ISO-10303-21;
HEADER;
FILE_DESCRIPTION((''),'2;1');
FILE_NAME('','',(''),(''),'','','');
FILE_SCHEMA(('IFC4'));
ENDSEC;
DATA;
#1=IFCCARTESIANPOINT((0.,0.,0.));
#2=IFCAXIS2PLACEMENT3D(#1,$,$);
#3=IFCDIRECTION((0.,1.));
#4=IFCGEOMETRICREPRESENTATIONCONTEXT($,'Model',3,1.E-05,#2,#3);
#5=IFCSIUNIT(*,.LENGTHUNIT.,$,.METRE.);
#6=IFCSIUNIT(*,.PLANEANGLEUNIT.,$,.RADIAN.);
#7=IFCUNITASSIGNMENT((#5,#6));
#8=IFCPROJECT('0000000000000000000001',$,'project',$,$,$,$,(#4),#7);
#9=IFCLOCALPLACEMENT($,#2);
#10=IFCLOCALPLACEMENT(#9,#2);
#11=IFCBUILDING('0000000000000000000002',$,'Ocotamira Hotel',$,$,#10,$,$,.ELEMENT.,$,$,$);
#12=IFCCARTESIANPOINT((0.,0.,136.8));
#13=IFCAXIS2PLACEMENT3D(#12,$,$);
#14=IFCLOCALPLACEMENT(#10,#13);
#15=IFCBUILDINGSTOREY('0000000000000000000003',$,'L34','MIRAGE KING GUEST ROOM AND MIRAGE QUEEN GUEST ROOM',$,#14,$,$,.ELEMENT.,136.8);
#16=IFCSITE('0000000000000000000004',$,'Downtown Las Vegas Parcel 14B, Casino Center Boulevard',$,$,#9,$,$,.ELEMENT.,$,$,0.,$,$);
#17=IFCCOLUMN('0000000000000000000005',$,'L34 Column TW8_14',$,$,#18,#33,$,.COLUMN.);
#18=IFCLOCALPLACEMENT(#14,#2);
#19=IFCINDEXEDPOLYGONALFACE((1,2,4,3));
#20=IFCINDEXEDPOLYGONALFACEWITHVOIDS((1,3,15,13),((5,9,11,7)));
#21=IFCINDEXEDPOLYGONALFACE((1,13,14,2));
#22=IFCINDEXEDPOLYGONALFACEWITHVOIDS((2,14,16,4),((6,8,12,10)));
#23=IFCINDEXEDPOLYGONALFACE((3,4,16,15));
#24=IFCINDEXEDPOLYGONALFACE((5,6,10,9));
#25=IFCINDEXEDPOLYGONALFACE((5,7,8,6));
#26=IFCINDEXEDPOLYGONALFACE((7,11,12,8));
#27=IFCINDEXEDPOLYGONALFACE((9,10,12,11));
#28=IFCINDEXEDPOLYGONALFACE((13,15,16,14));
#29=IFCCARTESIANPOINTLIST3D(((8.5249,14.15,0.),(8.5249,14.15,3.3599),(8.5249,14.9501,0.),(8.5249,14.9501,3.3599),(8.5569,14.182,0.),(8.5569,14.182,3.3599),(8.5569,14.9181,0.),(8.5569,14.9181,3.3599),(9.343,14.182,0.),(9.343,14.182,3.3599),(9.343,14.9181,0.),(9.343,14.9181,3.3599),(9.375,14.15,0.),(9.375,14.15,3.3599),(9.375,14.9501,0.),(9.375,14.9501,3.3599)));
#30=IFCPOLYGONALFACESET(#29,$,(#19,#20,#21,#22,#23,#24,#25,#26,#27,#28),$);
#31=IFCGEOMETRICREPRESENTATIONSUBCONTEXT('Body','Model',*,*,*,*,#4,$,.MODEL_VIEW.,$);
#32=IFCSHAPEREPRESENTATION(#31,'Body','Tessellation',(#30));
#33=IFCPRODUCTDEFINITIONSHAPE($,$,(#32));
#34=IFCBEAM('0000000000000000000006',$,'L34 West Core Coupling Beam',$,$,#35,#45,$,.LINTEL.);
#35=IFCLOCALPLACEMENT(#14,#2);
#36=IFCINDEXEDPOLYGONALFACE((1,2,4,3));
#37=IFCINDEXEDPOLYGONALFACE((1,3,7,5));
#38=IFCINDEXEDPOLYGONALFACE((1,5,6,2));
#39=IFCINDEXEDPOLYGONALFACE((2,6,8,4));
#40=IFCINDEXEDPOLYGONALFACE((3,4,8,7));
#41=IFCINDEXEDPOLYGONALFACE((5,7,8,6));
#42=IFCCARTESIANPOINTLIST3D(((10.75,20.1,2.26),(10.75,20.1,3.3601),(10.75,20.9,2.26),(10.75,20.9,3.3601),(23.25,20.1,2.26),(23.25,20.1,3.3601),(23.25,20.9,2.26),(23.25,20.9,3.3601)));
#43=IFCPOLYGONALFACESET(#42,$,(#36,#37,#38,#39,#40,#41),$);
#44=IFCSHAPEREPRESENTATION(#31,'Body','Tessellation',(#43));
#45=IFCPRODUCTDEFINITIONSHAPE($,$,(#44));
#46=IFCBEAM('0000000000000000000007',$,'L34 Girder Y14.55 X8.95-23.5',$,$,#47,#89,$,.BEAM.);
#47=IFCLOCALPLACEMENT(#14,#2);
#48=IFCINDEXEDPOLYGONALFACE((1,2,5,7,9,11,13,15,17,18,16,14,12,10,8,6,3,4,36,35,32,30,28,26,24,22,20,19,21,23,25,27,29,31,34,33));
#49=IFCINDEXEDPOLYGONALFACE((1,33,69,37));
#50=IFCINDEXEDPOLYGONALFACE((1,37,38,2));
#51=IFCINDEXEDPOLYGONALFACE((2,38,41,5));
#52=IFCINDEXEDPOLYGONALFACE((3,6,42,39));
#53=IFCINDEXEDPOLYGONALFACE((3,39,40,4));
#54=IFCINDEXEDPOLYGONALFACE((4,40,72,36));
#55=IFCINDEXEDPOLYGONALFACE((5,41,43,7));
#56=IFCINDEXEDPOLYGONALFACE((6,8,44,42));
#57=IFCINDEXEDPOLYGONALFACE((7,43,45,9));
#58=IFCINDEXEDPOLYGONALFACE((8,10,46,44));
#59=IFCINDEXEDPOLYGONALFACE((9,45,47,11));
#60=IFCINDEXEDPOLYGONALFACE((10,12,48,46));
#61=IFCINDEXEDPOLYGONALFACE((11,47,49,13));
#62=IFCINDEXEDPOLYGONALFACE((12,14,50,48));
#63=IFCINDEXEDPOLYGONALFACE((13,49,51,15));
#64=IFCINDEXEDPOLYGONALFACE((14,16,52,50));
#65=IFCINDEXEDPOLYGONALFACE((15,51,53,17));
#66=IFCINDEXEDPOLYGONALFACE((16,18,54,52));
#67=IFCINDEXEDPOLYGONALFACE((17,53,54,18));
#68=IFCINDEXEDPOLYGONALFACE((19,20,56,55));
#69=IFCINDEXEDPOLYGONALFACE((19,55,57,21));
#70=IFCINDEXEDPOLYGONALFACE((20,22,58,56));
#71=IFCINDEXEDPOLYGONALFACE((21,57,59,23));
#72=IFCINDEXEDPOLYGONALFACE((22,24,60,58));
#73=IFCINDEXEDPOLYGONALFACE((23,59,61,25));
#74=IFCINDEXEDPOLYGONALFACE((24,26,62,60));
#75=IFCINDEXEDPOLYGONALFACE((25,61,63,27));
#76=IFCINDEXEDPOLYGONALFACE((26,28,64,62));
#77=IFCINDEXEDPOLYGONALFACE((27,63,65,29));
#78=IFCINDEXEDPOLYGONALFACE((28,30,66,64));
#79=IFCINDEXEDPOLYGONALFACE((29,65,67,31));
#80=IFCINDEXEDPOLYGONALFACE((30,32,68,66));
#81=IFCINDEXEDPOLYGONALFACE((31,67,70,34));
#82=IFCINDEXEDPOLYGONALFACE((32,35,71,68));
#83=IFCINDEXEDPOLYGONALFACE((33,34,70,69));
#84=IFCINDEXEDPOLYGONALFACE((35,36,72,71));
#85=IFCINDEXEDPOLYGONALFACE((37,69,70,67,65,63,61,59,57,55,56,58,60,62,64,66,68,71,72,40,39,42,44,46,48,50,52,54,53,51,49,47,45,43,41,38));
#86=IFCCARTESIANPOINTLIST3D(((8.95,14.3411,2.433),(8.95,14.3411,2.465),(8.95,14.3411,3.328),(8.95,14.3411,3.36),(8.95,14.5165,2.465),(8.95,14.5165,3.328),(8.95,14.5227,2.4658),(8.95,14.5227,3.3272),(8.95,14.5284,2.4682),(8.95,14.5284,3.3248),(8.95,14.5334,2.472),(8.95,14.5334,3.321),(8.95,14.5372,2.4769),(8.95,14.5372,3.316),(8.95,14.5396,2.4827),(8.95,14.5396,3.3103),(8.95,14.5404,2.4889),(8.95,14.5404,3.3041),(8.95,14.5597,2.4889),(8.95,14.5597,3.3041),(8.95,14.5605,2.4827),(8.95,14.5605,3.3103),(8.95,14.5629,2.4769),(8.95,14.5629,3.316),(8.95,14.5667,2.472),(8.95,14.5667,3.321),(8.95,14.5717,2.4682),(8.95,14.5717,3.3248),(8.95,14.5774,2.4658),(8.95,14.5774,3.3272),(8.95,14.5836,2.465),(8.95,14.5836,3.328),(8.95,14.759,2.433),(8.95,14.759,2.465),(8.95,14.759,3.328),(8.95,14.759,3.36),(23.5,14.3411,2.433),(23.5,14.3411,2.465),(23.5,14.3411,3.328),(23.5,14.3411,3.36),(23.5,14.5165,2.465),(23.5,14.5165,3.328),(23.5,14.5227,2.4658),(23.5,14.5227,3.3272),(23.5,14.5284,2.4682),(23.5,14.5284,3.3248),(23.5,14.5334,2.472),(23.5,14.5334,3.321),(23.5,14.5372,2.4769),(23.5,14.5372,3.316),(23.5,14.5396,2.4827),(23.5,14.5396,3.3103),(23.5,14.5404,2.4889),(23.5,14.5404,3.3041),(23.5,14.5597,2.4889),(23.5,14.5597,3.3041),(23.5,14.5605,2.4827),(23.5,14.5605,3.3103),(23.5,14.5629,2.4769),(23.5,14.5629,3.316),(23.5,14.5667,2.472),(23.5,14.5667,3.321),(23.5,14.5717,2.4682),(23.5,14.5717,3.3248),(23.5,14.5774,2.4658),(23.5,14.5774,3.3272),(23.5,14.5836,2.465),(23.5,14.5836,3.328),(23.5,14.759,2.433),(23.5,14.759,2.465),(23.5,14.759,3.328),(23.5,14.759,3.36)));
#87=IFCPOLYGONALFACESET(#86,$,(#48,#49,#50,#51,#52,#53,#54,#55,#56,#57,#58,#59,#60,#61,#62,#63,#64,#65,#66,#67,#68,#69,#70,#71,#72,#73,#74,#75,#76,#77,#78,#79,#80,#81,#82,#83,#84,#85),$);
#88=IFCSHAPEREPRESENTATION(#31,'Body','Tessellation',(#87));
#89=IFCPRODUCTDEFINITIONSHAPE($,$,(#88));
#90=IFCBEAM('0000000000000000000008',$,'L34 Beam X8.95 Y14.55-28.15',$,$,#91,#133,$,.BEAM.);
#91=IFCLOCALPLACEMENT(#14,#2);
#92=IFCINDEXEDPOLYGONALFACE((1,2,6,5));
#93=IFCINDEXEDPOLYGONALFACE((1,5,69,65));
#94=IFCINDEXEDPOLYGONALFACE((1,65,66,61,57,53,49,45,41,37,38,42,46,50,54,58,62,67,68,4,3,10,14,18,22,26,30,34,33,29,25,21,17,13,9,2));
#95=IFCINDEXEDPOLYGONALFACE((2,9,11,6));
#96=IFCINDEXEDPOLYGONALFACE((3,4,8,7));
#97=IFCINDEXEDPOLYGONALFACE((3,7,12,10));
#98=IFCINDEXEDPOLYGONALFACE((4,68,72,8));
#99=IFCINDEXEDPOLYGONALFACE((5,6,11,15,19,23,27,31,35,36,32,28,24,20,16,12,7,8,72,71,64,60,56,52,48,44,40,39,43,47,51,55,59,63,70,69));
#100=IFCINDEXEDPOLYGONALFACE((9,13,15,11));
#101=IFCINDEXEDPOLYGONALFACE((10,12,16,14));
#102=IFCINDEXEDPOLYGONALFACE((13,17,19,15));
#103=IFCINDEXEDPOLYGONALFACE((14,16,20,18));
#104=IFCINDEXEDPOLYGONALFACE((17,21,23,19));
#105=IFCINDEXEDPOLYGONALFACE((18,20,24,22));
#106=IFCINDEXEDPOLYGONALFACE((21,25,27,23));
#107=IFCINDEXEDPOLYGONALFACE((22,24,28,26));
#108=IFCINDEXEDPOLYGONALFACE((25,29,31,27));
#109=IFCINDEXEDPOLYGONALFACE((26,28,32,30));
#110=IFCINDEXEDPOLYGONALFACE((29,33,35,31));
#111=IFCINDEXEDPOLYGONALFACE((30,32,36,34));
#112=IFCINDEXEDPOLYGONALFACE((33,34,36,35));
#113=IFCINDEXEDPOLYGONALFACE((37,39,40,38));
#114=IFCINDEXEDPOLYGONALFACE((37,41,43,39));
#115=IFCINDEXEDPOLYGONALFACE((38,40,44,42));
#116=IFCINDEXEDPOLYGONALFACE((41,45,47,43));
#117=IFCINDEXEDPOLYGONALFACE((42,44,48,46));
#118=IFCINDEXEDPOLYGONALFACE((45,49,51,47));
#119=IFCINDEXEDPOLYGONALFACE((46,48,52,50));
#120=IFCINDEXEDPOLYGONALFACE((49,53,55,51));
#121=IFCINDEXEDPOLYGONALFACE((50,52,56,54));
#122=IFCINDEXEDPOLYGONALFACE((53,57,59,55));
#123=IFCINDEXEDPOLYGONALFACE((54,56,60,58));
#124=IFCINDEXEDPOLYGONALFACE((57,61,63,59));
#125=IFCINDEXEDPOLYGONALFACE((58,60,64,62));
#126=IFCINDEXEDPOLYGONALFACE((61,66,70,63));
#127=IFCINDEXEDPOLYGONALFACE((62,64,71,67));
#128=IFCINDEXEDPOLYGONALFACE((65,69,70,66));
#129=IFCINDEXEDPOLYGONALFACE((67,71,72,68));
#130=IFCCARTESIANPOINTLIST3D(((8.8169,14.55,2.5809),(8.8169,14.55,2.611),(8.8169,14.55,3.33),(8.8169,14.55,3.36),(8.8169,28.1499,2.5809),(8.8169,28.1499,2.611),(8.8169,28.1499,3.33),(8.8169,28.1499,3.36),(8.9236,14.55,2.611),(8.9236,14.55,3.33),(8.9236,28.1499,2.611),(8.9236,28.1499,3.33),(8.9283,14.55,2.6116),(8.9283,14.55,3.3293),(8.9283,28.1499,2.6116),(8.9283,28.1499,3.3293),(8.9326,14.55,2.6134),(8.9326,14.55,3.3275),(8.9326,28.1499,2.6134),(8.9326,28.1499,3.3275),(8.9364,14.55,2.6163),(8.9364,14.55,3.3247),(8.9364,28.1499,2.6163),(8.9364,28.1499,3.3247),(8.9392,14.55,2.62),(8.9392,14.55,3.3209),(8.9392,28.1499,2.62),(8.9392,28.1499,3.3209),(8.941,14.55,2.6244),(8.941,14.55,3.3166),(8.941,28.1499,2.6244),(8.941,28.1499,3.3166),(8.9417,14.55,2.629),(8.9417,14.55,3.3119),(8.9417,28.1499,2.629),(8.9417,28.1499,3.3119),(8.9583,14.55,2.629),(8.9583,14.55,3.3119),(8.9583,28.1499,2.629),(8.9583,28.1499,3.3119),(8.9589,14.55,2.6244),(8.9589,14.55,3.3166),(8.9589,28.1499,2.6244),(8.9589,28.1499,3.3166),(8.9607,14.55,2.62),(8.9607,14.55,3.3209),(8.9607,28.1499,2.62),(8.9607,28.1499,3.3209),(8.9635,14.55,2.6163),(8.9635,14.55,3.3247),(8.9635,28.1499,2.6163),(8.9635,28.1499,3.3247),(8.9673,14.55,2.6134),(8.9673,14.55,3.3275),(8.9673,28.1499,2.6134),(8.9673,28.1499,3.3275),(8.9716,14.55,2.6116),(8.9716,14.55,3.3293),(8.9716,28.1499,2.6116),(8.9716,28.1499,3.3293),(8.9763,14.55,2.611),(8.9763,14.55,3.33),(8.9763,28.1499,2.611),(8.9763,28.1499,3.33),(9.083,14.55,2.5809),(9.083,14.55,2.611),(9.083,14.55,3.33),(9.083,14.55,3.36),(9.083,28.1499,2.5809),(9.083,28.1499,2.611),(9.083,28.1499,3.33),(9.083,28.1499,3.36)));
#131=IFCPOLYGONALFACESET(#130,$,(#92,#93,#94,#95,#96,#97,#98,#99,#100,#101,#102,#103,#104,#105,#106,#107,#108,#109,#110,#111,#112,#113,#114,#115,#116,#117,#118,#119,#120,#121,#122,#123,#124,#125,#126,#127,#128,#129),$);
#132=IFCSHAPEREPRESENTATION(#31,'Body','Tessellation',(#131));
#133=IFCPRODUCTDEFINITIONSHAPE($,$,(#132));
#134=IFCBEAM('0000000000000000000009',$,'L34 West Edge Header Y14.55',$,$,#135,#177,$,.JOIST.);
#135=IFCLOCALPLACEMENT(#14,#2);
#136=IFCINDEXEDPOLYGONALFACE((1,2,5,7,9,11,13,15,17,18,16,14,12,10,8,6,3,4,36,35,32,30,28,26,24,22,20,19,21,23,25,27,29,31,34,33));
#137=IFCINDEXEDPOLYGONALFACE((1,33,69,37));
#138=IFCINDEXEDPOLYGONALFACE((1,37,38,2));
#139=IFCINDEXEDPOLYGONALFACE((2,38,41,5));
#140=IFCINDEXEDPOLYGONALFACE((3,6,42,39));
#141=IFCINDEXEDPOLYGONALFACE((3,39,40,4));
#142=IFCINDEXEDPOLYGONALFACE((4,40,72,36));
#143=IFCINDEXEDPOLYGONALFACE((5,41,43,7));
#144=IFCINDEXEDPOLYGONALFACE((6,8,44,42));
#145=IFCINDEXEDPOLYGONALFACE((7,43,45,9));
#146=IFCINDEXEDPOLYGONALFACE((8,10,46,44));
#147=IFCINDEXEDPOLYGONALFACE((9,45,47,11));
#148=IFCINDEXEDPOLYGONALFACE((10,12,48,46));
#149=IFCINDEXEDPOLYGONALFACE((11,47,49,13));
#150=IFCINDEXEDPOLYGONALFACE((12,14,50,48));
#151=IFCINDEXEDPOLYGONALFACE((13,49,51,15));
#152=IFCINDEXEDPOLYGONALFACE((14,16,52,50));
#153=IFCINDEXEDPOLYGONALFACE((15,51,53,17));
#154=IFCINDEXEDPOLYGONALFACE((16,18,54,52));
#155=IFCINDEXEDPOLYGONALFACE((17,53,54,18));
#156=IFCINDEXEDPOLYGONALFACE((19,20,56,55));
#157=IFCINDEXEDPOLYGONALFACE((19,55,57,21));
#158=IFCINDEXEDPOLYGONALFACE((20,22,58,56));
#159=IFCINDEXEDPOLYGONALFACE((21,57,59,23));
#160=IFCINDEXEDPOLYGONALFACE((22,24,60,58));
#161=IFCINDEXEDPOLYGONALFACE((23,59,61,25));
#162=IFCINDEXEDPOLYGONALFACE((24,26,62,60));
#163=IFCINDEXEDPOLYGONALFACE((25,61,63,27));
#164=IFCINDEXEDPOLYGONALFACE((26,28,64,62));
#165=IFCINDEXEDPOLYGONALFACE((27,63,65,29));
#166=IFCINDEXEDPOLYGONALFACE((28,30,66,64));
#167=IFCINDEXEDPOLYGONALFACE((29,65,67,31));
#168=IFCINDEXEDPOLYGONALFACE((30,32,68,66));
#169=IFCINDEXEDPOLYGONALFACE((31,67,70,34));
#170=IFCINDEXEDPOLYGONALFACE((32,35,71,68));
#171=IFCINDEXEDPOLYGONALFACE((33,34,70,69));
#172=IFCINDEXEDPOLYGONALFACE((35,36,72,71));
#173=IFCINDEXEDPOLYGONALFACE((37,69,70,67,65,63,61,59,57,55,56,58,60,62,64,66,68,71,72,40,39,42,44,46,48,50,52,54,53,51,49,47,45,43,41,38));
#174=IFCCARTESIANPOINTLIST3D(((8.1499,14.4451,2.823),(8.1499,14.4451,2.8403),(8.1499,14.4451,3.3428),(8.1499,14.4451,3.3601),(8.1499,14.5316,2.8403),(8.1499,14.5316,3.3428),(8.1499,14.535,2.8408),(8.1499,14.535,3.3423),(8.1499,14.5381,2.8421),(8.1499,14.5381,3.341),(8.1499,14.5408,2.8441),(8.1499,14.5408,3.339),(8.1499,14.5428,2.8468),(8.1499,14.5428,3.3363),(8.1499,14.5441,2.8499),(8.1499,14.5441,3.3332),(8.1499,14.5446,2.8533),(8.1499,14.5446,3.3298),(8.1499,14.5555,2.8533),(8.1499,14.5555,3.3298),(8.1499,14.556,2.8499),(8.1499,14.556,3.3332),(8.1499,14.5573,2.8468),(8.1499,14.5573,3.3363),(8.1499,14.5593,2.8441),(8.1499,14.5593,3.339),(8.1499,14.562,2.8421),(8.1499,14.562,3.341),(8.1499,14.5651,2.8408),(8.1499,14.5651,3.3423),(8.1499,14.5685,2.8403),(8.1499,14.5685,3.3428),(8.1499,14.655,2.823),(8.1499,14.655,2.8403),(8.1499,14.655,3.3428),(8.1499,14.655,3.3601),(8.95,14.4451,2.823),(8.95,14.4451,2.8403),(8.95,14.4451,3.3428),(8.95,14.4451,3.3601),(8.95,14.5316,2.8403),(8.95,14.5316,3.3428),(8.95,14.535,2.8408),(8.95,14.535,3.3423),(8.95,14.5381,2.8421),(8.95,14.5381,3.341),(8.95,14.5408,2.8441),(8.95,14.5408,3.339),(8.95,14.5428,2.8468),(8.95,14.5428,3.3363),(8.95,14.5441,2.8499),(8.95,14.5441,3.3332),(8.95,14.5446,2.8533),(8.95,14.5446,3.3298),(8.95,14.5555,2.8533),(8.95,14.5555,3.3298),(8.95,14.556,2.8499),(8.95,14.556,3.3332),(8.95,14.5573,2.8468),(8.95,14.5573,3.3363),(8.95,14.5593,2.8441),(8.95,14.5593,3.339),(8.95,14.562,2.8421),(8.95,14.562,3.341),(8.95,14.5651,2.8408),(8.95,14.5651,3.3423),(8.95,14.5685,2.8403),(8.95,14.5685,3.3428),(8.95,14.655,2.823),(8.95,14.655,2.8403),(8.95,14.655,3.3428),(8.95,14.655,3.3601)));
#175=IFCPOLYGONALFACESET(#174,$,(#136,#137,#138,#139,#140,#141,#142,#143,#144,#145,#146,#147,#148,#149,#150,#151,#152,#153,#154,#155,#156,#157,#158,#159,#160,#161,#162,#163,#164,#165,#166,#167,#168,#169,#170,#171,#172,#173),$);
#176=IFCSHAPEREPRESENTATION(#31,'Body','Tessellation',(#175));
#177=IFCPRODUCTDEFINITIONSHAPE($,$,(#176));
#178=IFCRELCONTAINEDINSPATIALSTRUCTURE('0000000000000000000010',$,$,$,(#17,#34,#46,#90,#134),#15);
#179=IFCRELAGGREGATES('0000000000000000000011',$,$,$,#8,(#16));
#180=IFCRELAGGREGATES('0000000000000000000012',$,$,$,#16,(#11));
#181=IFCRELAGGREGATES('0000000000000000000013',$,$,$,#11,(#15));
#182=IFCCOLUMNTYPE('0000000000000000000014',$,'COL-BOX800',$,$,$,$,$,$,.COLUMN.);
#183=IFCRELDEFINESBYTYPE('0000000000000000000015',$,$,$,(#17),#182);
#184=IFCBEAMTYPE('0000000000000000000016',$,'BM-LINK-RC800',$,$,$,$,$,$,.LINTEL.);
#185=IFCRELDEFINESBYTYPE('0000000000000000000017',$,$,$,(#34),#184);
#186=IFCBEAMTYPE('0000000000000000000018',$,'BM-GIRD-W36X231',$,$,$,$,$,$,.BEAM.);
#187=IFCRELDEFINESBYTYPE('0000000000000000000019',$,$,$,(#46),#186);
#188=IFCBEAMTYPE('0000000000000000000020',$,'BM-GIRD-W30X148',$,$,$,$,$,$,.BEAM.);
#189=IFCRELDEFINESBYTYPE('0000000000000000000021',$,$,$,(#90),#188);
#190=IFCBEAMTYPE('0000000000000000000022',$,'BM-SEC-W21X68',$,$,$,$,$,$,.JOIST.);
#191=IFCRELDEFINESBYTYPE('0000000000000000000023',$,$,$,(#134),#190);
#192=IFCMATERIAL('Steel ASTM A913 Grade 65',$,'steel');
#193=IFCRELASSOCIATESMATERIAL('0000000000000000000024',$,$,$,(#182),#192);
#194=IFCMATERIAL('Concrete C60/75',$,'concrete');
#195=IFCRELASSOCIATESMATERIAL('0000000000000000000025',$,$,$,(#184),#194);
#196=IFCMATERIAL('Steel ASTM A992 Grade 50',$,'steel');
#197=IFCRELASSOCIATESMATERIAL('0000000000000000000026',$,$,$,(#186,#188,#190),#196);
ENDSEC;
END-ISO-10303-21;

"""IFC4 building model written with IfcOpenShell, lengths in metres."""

from ifc_helpers import new_model, si_unit, direction, frame, origin, origin_2d, place, context, subcontext, project, spatial, rectangle, hollow_rectangle, i_section, extrude, source, transform, mapped, material, material_profile, profile_set, type_object, element, save


model = new_model("IFC4")

# Units and contexts
model_context = context("Model", 3, precision=1e-05, world=origin(), true_north=direction((0.0, 1.0)))
body_context = subcontext(model_context, "Body", "Model", "MODEL_VIEW")
ifc_project = project(units=[si_unit("LENGTHUNIT", "METRE"), si_unit("PLANEANGLEUNIT", "RADIAN")], contexts=[model_context])

# Site, building, storey
site_placement = place(None, origin())
site = spatial("IfcSite", under=ifc_project, at=site_placement, Name="Downtown Las Vegas Parcel 14B, Casino Center Boulevard", CompositionType="ELEMENT", RefElevation=0.0)
building_placement = place(site_placement, origin())
building = spatial("IfcBuilding", under=site, at=building_placement, Name="Ocotamira Hotel", CompositionType="ELEMENT")
storey_placement = place(building_placement, frame((0.0, 0.0, 136.8)))
storey = spatial("IfcBuildingStorey", under=building, at=storey_placement, Name="L34", Description="MIRAGE KING GUEST ROOM AND MIRAGE QUEEN GUEST ROOM", CompositionType="ELEMENT", Elevation=136.8)

# Column
ifc_material_1 = material(Name="Steel ASTM A913 Grade 65", Category="steel")
ifc_material_profile_1 = material_profile(ifc_material_1, hollow_rectangle(XDim=0.8501, YDim=0.8, WallThickness=0.032, at=origin_2d()), Name="BOX800X850X32")
ifc_profile_set_1 = profile_set([ifc_material_profile_1], Name="Steel ASTM A913 Grade 65")
column_type = type_object("IfcColumnType", Name="COL-BOX800", PredefinedType="COLUMN", material=ifc_profile_set_1)
shared_shape_1 = source(origin(), body_context, "Body", "SweptSolid", [
    extrude(hollow_rectangle(XDim=0.8501, YDim=0.8, WallThickness=0.032, at=origin_2d()), origin(), (0.0, 0.0, 1.0), 3.3599),
])
column_placement = place(storey_placement, frame((8.95, 14.55, 0.0), z_axis=(0.0, 0.0, 1.0), x_axis=(1.0, 0.0, 0.0)))
element("IfcColumn", 1, at=column_placement, inside=storey, type_object=column_type, Name="L34 Column TW8_14", PredefinedType="COLUMN", context=body_context, shape_type="MappedRepresentation", body=[
    mapped(shared_shape_1, transform((0.0, 0.0, 0.0), scale=1.0)),
])

# Beams
ifc_material_2 = material(Name="Concrete C60/75", Category="concrete")
ifc_material_profile_2 = material_profile(ifc_material_2, rectangle(XDim=0.8, YDim=1.1001, at=origin_2d()), Name="RC800X1100")
ifc_profile_set_2 = profile_set([ifc_material_profile_2], Name="Concrete C60/75")
beam_type_1 = type_object("IfcBeamType", Name="BM-LINK-RC800", PredefinedType="LINTEL", material=ifc_profile_set_2)
shared_shape_2 = source(origin(), body_context, "Body", "SweptSolid", [
    extrude(rectangle(XDim=0.8, YDim=1.1001, at=origin_2d()), origin(), (0.0, 0.0, 1.0), 12.5),
])
beam_1_placement = place(storey_placement, frame((10.75, 20.5, 2.8101), z_axis=(1.0, 0.0, 0.0), x_axis=(0.0, 1.0, 0.0)))
element("IfcBeam", 2, at=beam_1_placement, inside=storey, type_object=beam_type_1, Name="L34 West Core Coupling Beam", PredefinedType="LINTEL", context=body_context, shape_type="MappedRepresentation", body=[
    mapped(shared_shape_2, transform((0.0, 0.0, 0.0), scale=1.0)),
])
ifc_material_3 = material(Name="Steel ASTM A992 Grade 50", Category="steel")
ifc_material_profile_3 = material_profile(ifc_material_3, i_section(OverallWidth=0.418, OverallDepth=0.927, WebThickness=0.0193, FlangeThickness=0.032, FilletRadius=0.0239, at=origin_2d()), Name="W36X231")
ifc_profile_set_3 = profile_set([ifc_material_profile_3], Name="Steel ASTM A992 Grade 50")
beam_type_2 = type_object("IfcBeamType", Name="BM-GIRD-W36X231", PredefinedType="BEAM", material=ifc_profile_set_3)
shared_shape_3 = source(origin(), body_context, "Body", "SweptSolid", [
    extrude(i_section(OverallWidth=0.418, OverallDepth=0.927, WebThickness=0.0193, FlangeThickness=0.032, FilletRadius=0.0239, at=origin_2d()), origin(), (0.0, 0.0, 1.0), 14.55),
])
beam_2_placement = place(storey_placement, frame((8.95, 14.55, 2.8965), z_axis=(1.0, 0.0, 0.0), x_axis=(0.0, 1.0, 0.0)))
element("IfcBeam", 3, at=beam_2_placement, inside=storey, type_object=beam_type_2, Name="L34 Girder Y14.55 X8.95-23.5", PredefinedType="BEAM", context=body_context, shape_type="MappedRepresentation", body=[
    mapped(shared_shape_3, transform((0.0, 0.0, 0.0), scale=1.0)),
])
ifc_material_profile_4 = material_profile(ifc_material_3, i_section(OverallWidth=0.2661, OverallDepth=0.7791, WebThickness=0.0166, FlangeThickness=0.03, FilletRadius=0.0181, at=origin_2d()), Name="W30X148")
ifc_profile_set_4 = profile_set([ifc_material_profile_4], Name="Steel ASTM A992 Grade 50")
beam_type_3 = type_object("IfcBeamType", Name="BM-GIRD-W30X148", PredefinedType="BEAM", material=ifc_profile_set_4)
shared_shape_4 = source(origin(), body_context, "Body", "SweptSolid", [
    extrude(i_section(OverallWidth=0.2661, OverallDepth=0.7791, WebThickness=0.0166, FlangeThickness=0.03, FilletRadius=0.0181, at=origin_2d()), origin(), (0.0, 0.0, 1.0), 13.5999),
])
beam_3_placement = place(storey_placement, frame((8.95, 14.55, 2.9705), z_axis=(0.0, 1.0, 0.0), x_axis=(-1.0, 0.0, 0.0)))
element("IfcBeam", 4, at=beam_3_placement, inside=storey, type_object=beam_type_3, Name="L34 Beam X8.95 Y14.55-28.15", PredefinedType="BEAM", context=body_context, shape_type="MappedRepresentation", body=[
    mapped(shared_shape_4, transform((0.0, 0.0, 0.0), scale=1.0)),
])
ifc_material_profile_5 = material_profile(ifc_material_3, i_section(OverallWidth=0.21, OverallDepth=0.5371, WebThickness=0.011, FlangeThickness=0.0173, FilletRadius=0.0129, at=origin_2d()), Name="W21X68")
ifc_profile_set_5 = profile_set([ifc_material_profile_5], Name="Steel ASTM A992 Grade 50")
beam_type_4 = type_object("IfcBeamType", Name="BM-SEC-W21X68", PredefinedType="JOIST", material=ifc_profile_set_5)
shared_shape_5 = source(origin(), body_context, "Body", "SweptSolid", [
    extrude(i_section(OverallWidth=0.21, OverallDepth=0.5371, WebThickness=0.011, FlangeThickness=0.0173, FilletRadius=0.0129, at=origin_2d()), origin(), (0.0, 0.0, 1.0), 0.8),
])
beam_4_placement = place(storey_placement, frame((8.95, 14.55, 3.0916), z_axis=(-1.0, 0.0, 0.0), x_axis=(0.0, -1.0, 0.0)))
element("IfcBeam", 5, at=beam_4_placement, inside=storey, type_object=beam_type_4, Name="L34 West Edge Header Y14.55", PredefinedType="JOIST", context=body_context, shape_type="MappedRepresentation", body=[
    mapped(shared_shape_5, transform((0.0, 0.0, 0.0), scale=1.0)),
])

save(model, "model.ifc")
